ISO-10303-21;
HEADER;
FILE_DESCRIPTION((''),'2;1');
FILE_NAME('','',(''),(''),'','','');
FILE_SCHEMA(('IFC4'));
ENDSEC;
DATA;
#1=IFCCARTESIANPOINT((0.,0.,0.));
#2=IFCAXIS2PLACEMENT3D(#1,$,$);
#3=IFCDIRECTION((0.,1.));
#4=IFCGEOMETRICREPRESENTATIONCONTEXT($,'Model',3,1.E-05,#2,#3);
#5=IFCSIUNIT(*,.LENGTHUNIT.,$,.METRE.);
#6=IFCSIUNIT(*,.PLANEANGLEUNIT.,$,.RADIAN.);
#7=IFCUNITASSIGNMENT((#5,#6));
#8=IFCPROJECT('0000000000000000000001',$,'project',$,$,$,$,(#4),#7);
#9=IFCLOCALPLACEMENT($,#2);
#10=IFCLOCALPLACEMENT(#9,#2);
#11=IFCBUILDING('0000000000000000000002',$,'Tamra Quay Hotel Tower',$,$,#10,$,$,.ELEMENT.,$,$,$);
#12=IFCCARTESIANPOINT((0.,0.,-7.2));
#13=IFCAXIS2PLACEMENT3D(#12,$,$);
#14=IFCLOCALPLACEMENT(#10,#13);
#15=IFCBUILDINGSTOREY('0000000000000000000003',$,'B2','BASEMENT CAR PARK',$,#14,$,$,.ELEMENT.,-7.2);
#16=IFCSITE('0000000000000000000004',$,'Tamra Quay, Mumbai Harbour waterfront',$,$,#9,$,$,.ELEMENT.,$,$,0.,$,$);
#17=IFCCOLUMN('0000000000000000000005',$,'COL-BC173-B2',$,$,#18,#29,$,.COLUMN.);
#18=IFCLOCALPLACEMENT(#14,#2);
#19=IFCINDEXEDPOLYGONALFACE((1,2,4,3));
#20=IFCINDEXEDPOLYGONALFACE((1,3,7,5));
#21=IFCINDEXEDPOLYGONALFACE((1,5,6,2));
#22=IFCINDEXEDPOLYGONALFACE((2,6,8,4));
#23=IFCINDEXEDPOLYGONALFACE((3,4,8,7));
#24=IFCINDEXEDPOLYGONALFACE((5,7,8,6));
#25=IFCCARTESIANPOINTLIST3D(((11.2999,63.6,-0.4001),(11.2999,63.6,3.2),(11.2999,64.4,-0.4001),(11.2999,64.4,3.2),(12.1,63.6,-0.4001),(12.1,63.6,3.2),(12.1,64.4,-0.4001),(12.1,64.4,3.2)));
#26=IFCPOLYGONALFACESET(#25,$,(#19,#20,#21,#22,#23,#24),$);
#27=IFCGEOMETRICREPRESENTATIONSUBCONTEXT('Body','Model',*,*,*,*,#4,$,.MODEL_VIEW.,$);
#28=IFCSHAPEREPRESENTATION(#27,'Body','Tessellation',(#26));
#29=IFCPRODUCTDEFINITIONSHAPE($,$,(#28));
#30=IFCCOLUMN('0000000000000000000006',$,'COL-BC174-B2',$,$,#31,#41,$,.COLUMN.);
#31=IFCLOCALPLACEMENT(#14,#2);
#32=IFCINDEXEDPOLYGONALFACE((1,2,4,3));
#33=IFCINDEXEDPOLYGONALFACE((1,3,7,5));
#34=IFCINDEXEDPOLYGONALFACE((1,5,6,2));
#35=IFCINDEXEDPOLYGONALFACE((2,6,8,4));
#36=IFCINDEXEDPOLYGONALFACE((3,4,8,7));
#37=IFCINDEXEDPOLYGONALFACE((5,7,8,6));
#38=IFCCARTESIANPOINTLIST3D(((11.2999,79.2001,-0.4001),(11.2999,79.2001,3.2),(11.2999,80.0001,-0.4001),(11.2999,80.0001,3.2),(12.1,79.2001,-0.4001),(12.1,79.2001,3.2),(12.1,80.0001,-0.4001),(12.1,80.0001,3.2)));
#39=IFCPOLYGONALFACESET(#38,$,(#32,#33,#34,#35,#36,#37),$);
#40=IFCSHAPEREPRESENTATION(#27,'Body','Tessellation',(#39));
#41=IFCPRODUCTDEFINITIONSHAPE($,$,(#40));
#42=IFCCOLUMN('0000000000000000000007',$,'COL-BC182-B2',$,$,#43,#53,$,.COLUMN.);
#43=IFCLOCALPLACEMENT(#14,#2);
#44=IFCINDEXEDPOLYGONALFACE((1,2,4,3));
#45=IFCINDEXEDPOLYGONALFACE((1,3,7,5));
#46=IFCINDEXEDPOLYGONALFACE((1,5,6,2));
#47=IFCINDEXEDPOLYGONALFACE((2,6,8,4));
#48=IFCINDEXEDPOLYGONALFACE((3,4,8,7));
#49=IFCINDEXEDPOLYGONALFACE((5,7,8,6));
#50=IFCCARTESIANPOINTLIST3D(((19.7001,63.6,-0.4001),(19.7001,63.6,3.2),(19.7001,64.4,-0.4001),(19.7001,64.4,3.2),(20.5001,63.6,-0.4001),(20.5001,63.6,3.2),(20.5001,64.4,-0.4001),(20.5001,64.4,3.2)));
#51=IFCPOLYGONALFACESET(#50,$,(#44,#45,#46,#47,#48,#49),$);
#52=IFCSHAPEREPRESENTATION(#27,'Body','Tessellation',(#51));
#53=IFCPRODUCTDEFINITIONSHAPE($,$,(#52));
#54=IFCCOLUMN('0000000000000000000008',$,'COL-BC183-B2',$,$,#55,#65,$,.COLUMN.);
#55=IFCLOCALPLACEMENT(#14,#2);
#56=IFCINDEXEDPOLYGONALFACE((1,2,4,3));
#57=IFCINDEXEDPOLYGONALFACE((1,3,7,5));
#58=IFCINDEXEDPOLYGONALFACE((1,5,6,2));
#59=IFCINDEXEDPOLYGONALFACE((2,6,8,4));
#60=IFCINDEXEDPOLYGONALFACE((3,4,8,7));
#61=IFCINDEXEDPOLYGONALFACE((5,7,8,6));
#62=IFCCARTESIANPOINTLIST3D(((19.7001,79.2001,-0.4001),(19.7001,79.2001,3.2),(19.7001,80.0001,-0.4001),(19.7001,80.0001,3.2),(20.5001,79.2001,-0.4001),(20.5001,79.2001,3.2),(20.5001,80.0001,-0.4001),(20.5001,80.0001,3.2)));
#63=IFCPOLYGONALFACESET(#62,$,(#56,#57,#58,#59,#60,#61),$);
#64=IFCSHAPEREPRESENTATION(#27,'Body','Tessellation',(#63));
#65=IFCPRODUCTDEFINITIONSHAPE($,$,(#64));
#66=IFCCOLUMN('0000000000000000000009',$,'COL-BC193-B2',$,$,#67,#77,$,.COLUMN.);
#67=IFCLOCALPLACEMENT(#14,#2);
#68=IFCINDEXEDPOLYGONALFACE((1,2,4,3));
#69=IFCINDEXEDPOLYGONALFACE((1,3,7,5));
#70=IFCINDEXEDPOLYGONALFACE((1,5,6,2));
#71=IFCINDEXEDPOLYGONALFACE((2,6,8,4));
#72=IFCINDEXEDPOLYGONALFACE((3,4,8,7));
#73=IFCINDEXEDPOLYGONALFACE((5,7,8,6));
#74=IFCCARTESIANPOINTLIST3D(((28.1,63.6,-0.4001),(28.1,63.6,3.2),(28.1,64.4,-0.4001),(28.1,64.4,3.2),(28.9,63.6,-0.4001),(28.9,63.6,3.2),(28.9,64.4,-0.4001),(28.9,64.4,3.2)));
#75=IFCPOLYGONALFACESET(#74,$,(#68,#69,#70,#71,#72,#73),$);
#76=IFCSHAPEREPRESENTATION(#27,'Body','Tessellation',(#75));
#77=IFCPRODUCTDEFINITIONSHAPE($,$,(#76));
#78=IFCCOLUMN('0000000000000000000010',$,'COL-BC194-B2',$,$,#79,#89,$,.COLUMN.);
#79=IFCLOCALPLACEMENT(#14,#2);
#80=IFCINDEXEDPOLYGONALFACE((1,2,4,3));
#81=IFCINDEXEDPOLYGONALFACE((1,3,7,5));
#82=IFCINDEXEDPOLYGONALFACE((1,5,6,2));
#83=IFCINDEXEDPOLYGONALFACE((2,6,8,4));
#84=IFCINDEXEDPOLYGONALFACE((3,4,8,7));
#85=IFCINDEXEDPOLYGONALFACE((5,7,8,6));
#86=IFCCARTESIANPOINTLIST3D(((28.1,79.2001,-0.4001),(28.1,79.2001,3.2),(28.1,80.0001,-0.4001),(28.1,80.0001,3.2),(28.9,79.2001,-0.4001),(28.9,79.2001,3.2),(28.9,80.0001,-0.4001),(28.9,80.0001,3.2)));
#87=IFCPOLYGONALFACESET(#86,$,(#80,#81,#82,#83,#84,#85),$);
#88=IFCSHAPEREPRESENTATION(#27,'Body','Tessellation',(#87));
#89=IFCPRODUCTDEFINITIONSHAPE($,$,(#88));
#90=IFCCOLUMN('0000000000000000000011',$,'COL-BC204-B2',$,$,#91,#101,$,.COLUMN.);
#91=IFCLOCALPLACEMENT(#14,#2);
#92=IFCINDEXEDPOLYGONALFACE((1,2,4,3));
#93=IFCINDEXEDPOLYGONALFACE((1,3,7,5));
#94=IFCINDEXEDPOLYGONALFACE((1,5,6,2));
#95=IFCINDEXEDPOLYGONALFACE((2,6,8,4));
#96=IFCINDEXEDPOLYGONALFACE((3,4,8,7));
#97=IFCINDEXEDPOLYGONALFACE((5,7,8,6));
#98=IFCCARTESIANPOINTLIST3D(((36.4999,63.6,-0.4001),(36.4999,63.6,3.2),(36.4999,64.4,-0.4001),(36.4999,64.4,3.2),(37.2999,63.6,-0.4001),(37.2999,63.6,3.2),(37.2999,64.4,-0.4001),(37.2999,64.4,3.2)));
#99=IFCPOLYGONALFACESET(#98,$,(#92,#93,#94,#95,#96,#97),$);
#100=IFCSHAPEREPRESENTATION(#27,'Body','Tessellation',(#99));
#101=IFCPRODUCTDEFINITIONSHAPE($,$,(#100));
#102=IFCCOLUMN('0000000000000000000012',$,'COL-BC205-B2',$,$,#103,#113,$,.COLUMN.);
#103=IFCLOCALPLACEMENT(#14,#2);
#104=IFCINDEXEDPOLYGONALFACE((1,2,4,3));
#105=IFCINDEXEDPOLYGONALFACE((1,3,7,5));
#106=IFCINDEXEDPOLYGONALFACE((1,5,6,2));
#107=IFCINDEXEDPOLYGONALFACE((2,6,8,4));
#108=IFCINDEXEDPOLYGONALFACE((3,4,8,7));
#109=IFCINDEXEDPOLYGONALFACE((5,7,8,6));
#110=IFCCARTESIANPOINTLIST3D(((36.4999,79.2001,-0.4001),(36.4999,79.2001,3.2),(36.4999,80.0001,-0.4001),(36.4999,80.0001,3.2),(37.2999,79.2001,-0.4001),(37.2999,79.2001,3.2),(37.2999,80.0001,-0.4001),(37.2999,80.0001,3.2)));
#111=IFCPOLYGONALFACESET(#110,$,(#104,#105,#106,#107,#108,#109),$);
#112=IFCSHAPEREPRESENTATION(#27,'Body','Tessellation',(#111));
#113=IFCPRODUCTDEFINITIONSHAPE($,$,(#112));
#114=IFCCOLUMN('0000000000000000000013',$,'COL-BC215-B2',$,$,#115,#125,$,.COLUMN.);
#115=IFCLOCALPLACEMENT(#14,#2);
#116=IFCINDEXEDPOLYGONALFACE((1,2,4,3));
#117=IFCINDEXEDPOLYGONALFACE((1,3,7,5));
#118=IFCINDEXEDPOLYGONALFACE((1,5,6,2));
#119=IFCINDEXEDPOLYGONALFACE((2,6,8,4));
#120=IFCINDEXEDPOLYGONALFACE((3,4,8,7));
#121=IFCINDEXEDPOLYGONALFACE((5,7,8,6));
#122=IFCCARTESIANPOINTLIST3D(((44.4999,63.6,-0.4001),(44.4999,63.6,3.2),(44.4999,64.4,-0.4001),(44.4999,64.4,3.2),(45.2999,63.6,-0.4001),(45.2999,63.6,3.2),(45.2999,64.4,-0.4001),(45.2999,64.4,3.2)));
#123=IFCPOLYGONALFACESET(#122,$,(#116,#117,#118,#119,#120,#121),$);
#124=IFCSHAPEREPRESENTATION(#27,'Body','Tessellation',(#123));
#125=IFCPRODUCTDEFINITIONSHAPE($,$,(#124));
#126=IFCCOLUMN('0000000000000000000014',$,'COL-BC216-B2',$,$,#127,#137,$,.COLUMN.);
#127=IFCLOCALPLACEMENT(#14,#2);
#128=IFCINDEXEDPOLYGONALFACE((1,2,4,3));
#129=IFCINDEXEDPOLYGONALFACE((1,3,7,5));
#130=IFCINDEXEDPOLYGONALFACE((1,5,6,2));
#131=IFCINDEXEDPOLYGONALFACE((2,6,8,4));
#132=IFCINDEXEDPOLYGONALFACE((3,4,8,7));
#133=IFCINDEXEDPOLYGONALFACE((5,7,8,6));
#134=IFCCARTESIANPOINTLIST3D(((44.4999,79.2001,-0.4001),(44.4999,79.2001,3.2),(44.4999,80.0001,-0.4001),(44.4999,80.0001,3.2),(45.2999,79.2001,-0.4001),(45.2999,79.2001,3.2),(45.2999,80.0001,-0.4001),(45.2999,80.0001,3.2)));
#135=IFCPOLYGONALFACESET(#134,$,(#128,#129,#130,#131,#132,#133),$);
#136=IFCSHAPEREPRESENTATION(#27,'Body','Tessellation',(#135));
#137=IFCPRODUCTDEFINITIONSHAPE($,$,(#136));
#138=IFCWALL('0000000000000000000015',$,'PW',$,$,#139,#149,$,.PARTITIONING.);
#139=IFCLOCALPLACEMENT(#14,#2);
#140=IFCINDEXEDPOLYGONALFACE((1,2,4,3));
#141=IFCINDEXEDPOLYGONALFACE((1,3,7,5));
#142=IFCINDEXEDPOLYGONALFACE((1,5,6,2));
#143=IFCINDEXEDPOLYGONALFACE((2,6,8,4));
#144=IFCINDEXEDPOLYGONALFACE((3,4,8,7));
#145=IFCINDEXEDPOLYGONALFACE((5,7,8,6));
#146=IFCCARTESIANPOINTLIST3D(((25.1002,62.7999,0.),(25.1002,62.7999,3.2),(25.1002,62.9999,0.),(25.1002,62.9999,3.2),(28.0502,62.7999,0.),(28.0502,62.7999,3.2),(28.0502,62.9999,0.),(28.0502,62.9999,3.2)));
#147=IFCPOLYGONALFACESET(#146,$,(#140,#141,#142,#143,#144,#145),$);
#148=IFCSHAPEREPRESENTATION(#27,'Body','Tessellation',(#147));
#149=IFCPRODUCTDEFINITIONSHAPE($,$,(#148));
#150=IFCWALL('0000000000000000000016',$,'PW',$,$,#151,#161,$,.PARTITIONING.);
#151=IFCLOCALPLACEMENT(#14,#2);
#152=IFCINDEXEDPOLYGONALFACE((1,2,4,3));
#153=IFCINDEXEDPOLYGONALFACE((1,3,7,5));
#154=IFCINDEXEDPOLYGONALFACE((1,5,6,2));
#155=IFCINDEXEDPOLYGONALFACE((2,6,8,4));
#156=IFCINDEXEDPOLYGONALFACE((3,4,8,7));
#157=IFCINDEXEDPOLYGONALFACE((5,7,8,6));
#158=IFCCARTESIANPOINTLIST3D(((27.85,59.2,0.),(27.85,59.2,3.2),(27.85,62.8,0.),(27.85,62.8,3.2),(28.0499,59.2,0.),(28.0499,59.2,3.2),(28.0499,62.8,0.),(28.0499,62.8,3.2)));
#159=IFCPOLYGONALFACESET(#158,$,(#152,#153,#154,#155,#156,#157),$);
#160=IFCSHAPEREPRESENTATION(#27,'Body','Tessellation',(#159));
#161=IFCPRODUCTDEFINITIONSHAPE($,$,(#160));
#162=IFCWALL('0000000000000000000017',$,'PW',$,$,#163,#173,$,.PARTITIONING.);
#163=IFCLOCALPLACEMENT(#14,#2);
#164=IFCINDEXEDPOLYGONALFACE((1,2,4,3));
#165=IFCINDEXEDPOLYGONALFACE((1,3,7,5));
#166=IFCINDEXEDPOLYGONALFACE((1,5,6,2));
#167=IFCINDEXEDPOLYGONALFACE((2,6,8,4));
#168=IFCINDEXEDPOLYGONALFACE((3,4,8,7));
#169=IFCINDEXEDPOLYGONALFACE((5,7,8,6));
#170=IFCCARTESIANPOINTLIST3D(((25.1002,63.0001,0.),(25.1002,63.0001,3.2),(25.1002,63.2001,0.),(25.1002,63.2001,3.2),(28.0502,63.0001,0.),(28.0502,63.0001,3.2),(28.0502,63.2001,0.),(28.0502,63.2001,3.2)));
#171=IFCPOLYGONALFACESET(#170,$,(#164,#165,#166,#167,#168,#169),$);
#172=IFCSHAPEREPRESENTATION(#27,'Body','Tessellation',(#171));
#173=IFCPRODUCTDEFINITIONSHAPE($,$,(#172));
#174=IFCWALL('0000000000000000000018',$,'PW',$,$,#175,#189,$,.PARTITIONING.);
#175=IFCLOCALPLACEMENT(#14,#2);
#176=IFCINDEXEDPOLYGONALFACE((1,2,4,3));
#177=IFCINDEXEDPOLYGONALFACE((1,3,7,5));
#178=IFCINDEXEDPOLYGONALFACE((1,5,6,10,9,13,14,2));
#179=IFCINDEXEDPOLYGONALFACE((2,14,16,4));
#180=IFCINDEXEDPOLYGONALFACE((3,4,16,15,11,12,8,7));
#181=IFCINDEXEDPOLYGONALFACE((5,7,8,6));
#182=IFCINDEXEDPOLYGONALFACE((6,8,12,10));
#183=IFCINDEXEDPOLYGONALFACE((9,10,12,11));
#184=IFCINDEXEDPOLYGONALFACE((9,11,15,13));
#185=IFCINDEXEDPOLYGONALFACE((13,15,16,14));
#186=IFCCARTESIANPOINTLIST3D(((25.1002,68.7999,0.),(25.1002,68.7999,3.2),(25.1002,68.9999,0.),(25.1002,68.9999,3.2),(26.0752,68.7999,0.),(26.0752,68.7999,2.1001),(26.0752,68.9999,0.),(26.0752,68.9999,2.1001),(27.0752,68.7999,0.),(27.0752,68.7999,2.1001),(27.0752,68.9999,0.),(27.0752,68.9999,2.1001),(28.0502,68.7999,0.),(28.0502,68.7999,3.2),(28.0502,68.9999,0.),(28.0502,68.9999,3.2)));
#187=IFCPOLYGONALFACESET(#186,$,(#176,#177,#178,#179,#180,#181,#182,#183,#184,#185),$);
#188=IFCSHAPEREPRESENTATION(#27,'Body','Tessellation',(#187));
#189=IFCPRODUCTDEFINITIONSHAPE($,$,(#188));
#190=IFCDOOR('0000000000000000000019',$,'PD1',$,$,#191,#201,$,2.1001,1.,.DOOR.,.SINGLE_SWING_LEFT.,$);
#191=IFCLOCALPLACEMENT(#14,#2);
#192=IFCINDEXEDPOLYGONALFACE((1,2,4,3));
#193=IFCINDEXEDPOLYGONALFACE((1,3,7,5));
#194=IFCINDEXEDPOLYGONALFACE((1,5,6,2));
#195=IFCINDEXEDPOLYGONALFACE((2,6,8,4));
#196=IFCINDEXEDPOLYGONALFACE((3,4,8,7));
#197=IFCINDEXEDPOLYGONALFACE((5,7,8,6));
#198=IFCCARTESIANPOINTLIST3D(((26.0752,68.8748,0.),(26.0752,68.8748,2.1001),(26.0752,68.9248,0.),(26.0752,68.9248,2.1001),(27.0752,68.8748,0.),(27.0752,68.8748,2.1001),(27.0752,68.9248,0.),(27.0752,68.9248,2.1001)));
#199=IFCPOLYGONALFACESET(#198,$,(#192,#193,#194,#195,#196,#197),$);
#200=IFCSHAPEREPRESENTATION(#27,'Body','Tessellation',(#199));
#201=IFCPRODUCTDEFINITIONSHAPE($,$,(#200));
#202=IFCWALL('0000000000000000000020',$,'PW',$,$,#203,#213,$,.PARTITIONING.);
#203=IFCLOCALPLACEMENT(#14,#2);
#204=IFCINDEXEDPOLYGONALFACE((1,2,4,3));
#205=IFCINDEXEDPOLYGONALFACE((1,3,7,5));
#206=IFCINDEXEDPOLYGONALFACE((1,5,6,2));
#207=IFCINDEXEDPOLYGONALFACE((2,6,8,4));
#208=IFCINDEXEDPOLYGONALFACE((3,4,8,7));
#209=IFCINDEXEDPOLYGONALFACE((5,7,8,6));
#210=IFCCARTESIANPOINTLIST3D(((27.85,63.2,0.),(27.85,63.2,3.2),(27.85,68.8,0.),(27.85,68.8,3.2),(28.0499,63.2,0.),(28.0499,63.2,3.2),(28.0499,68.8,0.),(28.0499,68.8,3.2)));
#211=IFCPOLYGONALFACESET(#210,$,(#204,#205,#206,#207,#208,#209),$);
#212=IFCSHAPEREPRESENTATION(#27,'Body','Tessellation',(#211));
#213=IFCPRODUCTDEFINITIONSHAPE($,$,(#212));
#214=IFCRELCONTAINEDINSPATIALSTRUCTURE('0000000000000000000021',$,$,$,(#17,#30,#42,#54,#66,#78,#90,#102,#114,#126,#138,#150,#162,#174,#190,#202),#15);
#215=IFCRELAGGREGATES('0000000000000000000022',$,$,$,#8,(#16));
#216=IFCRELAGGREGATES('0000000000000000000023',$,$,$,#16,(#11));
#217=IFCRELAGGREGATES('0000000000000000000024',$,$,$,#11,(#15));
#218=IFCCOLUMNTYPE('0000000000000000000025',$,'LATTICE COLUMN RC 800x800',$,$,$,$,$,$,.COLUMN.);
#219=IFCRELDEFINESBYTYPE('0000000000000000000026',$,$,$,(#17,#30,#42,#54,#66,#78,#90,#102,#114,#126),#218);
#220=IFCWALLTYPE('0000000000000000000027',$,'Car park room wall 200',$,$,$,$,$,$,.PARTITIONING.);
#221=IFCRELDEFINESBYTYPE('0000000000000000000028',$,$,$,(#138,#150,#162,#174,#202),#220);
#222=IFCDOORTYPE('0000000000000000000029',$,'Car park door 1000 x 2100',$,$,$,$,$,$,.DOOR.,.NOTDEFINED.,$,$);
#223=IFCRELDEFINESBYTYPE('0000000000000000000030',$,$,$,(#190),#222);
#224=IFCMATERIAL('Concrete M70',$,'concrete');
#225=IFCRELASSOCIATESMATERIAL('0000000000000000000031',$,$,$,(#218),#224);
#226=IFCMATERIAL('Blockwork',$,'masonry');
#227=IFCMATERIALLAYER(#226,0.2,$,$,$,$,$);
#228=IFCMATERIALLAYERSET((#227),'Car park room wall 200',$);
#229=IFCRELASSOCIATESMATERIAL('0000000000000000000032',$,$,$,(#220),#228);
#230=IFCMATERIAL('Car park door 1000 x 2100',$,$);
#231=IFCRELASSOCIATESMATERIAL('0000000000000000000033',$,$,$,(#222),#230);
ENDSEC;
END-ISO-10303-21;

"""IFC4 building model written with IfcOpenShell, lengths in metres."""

from ifc_helpers import new_model, si_unit, direction, frame, frame_2d, origin, origin_2d, place, context, subcontext, project, spatial, rectangle, extrude, material, layer, layer_set, material_profile, profile_set, type_object, element, fill, save


model = new_model("IFC4")

# Units and contexts
model_context = context("Model", 3, precision=1e-05, world=origin(), true_north=direction((0.0, 1.0)))
body_context = subcontext(model_context, "Body", "Model", "MODEL_VIEW")
ifc_project = project(units=[si_unit("LENGTHUNIT", "METRE"), si_unit("PLANEANGLEUNIT", "RADIAN")], contexts=[model_context])

# Site, building, storey
site_placement = place(None, origin())
site = spatial("IfcSite", under=ifc_project, at=site_placement, Name="Tamra Quay, Mumbai Harbour waterfront", CompositionType="ELEMENT", RefElevation=0.0)
building_placement = place(site_placement, origin())
building = spatial("IfcBuilding", under=site, at=building_placement, Name="Tamra Quay Hotel Tower", CompositionType="ELEMENT")
storey_placement = place(building_placement, frame((0.0, 0.0, -7.2)))
storey = spatial("IfcBuildingStorey", under=building, at=storey_placement, Name="B2", Description="BASEMENT CAR PARK", CompositionType="ELEMENT", Elevation=-7.2)

# Columns
ifc_material_1 = material(Name="Concrete M70", Category="concrete")
ifc_material_profile = material_profile(ifc_material_1, rectangle(XDim=0.8, YDim=0.8, at=origin_2d()), Name="LATTICE COLUMN RC 800x800")
ifc_profile_set = profile_set([ifc_material_profile], Name="Concrete M70")
column_type = type_object("IfcColumnType", Name="LATTICE COLUMN RC 800x800", PredefinedType="COLUMN", material=ifc_profile_set)
for number, where, z_axis, x_axis, name in (
    (1, (11.7, 64.0, -0.4001), (0.0, 0.0, 1.0), (1.0, 0.0, 0.0), "COL-BC173-B2"),
    (2, (11.7, 79.6001, -0.4001), (0.0, 0.0, 1.0), (1.0, 0.0, 0.0), "COL-BC174-B2"),
    (3, (20.1001, 64.0, -0.4001), (0.0, 0.0, 1.0), (1.0, 0.0, 0.0), "COL-BC182-B2"),
    (4, (20.1001, 79.6001, -0.4001), (0.0, 0.0, 1.0), (1.0, 0.0, 0.0), "COL-BC183-B2"),
    (5, (28.5, 64.0, -0.4001), (0.0, 0.0, 1.0), (1.0, 0.0, 0.0), "COL-BC193-B2"),
    (6, (28.5, 79.6001, -0.4001), (0.0, 0.0, 1.0), (1.0, 0.0, 0.0), "COL-BC194-B2"),
    (7, (36.8999, 64.0, -0.4001), (0.0, 0.0, 1.0), (1.0, 0.0, 0.0), "COL-BC204-B2"),
    (8, (36.8999, 79.6001, -0.4001), (0.0, 0.0, 1.0), (1.0, 0.0, 0.0), "COL-BC205-B2"),
    (9, (44.8999, 64.0, -0.4001), (0.0, 0.0, 1.0), (1.0, 0.0, 0.0), "COL-BC215-B2"),
    (10, (44.8999, 79.6001, -0.4001), (0.0, 0.0, 1.0), (1.0, 0.0, 0.0), "COL-BC216-B2"),
):
    element("IfcColumn", number, at=place(storey_placement, frame(where, z_axis=z_axis, x_axis=x_axis)), inside=storey, type_object=column_type, Name=name, PredefinedType="COLUMN", context=body_context, shape_type="SweptSolid", body=[
        extrude(rectangle(XDim=0.8, YDim=0.8, at=origin_2d()), origin(), (0.0, 0.0, 1.0), 3.6001),
    ])

# Walls
ifc_material_2 = material(Name="Blockwork", Category="masonry")
ifc_layer_1 = layer(ifc_material_2, 0.2)
ifc_layer_set_1 = layer_set([ifc_layer_1], Name="Car park room wall 200")
wall_type_1 = type_object("IfcWallType", Name="Car park room wall 200", PredefinedType="PARTITIONING", material=ifc_layer_set_1)
wall_1_placement = place(storey_placement, frame((25.1001, 62.8999, 0.0), z_axis=(0.0, 0.0, 1.0), x_axis=(1.0, 0.0, 0.0)))
element("IfcWall", 11, at=wall_1_placement, inside=storey, type_object=wall_type_1, Name="PW", PredefinedType="PARTITIONING", context=body_context, shape_type="SweptSolid", body=[
    extrude(rectangle(XDim=2.95, YDim=0.2, at=frame_2d((1.4751, 0.0))), origin(), (0.0, 0.0, 1.0), 3.2),
])
wall_2_placement = place(storey_placement, frame((27.95, 59.2, 0.0), z_axis=(0.0, 0.0, 1.0), x_axis=(0.0, 1.0, 0.0)))
element("IfcWall", 12, at=wall_2_placement, inside=storey, type_object=wall_type_1, Name="PW", PredefinedType="PARTITIONING", context=body_context, shape_type="SweptSolid", body=[
    extrude(rectangle(XDim=3.6001, YDim=0.2, at=frame_2d((1.8, 0.0))), origin(), (0.0, 0.0, 1.0), 3.2),
])
wall_3_placement = place(storey_placement, frame((25.1001, 63.1001, 0.0), z_axis=(0.0, 0.0, 1.0), x_axis=(1.0, 0.0, 0.0)))
element("IfcWall", 13, at=wall_3_placement, inside=storey, type_object=wall_type_1, Name="PW", PredefinedType="PARTITIONING", context=body_context, shape_type="SweptSolid", body=[
    extrude(rectangle(XDim=2.95, YDim=0.2, at=frame_2d((1.4751, 0.0))), origin(), (0.0, 0.0, 1.0), 3.2),
])

# Wall, opening, door
wall_4_placement = place(storey_placement, frame((25.1001, 68.8999, 0.0), z_axis=(0.0, 0.0, 1.0), x_axis=(1.0, 0.0, 0.0)))
wall_4 = element("IfcWall", 14, at=wall_4_placement, inside=storey, type_object=wall_type_1, Name="PW", PredefinedType="PARTITIONING", context=body_context, shape_type="SweptSolid", body=[
    extrude(rectangle(XDim=2.95, YDim=0.2, at=frame_2d((1.4751, 0.0))), origin(), (0.0, 0.0, 1.0), 3.2),
])
opening_1_placement = place(wall_4_placement, frame((0.9751, 0.0, 0.0)))
opening_1 = element("IfcOpeningElement", 15, at=opening_1_placement, cuts=wall_4, PredefinedType="OPENING", context=body_context, shape_type="SweptSolid", body=[
    extrude(rectangle(XDim=1.0, YDim=2.1001, at=frame_2d((0.5, 1.05))), frame((0.0, 0.1099, 0.0), z_axis=(0.0, -1.0, 0.0), x_axis=(1.0, 0.0, 0.0)), (0.0, 0.0, 1.0), 0.22),
])
ifc_material_3 = material(Name="Car park door 1000 x 2100")
door_type_1 = type_object("IfcDoorType", Name="Car park door 1000 x 2100", OperationType="NOTDEFINED", PredefinedType="DOOR", material=ifc_material_3)
door_1_placement = place(opening_1_placement, origin())
door_1 = element("IfcDoor", 16, at=door_1_placement, inside=storey, type_object=door_type_1, Name="PD1", OperationType="SINGLE_SWING_LEFT", OverallHeight=2.1001, OverallWidth=1.0, PredefinedType="DOOR", context=body_context, shape_type="SweptSolid", body=[
    extrude(rectangle(XDim=1.0, YDim=2.1001, at=frame_2d((0.5, 1.05))), frame((0.0, 0.0249, 0.0), z_axis=(0.0, -1.0, 0.0), x_axis=(1.0, 0.0, 0.0)), (0.0, 0.0, 1.0), 0.05),
])
fill(opening_1, door_1)

# Wall
wall_5_placement = place(storey_placement, frame((27.95, 63.2, 0.0), z_axis=(0.0, 0.0, 1.0), x_axis=(0.0, 1.0, 0.0)))
element("IfcWall", 17, at=wall_5_placement, inside=storey, type_object=wall_type_1, Name="PW", PredefinedType="PARTITIONING", context=body_context, shape_type="SweptSolid", body=[
    extrude(rectangle(XDim=5.6001, YDim=0.2, at=frame_2d((2.8, 0.0))), origin(), (0.0, 0.0, 1.0), 3.2),
])

save(model, "model.ifc")
